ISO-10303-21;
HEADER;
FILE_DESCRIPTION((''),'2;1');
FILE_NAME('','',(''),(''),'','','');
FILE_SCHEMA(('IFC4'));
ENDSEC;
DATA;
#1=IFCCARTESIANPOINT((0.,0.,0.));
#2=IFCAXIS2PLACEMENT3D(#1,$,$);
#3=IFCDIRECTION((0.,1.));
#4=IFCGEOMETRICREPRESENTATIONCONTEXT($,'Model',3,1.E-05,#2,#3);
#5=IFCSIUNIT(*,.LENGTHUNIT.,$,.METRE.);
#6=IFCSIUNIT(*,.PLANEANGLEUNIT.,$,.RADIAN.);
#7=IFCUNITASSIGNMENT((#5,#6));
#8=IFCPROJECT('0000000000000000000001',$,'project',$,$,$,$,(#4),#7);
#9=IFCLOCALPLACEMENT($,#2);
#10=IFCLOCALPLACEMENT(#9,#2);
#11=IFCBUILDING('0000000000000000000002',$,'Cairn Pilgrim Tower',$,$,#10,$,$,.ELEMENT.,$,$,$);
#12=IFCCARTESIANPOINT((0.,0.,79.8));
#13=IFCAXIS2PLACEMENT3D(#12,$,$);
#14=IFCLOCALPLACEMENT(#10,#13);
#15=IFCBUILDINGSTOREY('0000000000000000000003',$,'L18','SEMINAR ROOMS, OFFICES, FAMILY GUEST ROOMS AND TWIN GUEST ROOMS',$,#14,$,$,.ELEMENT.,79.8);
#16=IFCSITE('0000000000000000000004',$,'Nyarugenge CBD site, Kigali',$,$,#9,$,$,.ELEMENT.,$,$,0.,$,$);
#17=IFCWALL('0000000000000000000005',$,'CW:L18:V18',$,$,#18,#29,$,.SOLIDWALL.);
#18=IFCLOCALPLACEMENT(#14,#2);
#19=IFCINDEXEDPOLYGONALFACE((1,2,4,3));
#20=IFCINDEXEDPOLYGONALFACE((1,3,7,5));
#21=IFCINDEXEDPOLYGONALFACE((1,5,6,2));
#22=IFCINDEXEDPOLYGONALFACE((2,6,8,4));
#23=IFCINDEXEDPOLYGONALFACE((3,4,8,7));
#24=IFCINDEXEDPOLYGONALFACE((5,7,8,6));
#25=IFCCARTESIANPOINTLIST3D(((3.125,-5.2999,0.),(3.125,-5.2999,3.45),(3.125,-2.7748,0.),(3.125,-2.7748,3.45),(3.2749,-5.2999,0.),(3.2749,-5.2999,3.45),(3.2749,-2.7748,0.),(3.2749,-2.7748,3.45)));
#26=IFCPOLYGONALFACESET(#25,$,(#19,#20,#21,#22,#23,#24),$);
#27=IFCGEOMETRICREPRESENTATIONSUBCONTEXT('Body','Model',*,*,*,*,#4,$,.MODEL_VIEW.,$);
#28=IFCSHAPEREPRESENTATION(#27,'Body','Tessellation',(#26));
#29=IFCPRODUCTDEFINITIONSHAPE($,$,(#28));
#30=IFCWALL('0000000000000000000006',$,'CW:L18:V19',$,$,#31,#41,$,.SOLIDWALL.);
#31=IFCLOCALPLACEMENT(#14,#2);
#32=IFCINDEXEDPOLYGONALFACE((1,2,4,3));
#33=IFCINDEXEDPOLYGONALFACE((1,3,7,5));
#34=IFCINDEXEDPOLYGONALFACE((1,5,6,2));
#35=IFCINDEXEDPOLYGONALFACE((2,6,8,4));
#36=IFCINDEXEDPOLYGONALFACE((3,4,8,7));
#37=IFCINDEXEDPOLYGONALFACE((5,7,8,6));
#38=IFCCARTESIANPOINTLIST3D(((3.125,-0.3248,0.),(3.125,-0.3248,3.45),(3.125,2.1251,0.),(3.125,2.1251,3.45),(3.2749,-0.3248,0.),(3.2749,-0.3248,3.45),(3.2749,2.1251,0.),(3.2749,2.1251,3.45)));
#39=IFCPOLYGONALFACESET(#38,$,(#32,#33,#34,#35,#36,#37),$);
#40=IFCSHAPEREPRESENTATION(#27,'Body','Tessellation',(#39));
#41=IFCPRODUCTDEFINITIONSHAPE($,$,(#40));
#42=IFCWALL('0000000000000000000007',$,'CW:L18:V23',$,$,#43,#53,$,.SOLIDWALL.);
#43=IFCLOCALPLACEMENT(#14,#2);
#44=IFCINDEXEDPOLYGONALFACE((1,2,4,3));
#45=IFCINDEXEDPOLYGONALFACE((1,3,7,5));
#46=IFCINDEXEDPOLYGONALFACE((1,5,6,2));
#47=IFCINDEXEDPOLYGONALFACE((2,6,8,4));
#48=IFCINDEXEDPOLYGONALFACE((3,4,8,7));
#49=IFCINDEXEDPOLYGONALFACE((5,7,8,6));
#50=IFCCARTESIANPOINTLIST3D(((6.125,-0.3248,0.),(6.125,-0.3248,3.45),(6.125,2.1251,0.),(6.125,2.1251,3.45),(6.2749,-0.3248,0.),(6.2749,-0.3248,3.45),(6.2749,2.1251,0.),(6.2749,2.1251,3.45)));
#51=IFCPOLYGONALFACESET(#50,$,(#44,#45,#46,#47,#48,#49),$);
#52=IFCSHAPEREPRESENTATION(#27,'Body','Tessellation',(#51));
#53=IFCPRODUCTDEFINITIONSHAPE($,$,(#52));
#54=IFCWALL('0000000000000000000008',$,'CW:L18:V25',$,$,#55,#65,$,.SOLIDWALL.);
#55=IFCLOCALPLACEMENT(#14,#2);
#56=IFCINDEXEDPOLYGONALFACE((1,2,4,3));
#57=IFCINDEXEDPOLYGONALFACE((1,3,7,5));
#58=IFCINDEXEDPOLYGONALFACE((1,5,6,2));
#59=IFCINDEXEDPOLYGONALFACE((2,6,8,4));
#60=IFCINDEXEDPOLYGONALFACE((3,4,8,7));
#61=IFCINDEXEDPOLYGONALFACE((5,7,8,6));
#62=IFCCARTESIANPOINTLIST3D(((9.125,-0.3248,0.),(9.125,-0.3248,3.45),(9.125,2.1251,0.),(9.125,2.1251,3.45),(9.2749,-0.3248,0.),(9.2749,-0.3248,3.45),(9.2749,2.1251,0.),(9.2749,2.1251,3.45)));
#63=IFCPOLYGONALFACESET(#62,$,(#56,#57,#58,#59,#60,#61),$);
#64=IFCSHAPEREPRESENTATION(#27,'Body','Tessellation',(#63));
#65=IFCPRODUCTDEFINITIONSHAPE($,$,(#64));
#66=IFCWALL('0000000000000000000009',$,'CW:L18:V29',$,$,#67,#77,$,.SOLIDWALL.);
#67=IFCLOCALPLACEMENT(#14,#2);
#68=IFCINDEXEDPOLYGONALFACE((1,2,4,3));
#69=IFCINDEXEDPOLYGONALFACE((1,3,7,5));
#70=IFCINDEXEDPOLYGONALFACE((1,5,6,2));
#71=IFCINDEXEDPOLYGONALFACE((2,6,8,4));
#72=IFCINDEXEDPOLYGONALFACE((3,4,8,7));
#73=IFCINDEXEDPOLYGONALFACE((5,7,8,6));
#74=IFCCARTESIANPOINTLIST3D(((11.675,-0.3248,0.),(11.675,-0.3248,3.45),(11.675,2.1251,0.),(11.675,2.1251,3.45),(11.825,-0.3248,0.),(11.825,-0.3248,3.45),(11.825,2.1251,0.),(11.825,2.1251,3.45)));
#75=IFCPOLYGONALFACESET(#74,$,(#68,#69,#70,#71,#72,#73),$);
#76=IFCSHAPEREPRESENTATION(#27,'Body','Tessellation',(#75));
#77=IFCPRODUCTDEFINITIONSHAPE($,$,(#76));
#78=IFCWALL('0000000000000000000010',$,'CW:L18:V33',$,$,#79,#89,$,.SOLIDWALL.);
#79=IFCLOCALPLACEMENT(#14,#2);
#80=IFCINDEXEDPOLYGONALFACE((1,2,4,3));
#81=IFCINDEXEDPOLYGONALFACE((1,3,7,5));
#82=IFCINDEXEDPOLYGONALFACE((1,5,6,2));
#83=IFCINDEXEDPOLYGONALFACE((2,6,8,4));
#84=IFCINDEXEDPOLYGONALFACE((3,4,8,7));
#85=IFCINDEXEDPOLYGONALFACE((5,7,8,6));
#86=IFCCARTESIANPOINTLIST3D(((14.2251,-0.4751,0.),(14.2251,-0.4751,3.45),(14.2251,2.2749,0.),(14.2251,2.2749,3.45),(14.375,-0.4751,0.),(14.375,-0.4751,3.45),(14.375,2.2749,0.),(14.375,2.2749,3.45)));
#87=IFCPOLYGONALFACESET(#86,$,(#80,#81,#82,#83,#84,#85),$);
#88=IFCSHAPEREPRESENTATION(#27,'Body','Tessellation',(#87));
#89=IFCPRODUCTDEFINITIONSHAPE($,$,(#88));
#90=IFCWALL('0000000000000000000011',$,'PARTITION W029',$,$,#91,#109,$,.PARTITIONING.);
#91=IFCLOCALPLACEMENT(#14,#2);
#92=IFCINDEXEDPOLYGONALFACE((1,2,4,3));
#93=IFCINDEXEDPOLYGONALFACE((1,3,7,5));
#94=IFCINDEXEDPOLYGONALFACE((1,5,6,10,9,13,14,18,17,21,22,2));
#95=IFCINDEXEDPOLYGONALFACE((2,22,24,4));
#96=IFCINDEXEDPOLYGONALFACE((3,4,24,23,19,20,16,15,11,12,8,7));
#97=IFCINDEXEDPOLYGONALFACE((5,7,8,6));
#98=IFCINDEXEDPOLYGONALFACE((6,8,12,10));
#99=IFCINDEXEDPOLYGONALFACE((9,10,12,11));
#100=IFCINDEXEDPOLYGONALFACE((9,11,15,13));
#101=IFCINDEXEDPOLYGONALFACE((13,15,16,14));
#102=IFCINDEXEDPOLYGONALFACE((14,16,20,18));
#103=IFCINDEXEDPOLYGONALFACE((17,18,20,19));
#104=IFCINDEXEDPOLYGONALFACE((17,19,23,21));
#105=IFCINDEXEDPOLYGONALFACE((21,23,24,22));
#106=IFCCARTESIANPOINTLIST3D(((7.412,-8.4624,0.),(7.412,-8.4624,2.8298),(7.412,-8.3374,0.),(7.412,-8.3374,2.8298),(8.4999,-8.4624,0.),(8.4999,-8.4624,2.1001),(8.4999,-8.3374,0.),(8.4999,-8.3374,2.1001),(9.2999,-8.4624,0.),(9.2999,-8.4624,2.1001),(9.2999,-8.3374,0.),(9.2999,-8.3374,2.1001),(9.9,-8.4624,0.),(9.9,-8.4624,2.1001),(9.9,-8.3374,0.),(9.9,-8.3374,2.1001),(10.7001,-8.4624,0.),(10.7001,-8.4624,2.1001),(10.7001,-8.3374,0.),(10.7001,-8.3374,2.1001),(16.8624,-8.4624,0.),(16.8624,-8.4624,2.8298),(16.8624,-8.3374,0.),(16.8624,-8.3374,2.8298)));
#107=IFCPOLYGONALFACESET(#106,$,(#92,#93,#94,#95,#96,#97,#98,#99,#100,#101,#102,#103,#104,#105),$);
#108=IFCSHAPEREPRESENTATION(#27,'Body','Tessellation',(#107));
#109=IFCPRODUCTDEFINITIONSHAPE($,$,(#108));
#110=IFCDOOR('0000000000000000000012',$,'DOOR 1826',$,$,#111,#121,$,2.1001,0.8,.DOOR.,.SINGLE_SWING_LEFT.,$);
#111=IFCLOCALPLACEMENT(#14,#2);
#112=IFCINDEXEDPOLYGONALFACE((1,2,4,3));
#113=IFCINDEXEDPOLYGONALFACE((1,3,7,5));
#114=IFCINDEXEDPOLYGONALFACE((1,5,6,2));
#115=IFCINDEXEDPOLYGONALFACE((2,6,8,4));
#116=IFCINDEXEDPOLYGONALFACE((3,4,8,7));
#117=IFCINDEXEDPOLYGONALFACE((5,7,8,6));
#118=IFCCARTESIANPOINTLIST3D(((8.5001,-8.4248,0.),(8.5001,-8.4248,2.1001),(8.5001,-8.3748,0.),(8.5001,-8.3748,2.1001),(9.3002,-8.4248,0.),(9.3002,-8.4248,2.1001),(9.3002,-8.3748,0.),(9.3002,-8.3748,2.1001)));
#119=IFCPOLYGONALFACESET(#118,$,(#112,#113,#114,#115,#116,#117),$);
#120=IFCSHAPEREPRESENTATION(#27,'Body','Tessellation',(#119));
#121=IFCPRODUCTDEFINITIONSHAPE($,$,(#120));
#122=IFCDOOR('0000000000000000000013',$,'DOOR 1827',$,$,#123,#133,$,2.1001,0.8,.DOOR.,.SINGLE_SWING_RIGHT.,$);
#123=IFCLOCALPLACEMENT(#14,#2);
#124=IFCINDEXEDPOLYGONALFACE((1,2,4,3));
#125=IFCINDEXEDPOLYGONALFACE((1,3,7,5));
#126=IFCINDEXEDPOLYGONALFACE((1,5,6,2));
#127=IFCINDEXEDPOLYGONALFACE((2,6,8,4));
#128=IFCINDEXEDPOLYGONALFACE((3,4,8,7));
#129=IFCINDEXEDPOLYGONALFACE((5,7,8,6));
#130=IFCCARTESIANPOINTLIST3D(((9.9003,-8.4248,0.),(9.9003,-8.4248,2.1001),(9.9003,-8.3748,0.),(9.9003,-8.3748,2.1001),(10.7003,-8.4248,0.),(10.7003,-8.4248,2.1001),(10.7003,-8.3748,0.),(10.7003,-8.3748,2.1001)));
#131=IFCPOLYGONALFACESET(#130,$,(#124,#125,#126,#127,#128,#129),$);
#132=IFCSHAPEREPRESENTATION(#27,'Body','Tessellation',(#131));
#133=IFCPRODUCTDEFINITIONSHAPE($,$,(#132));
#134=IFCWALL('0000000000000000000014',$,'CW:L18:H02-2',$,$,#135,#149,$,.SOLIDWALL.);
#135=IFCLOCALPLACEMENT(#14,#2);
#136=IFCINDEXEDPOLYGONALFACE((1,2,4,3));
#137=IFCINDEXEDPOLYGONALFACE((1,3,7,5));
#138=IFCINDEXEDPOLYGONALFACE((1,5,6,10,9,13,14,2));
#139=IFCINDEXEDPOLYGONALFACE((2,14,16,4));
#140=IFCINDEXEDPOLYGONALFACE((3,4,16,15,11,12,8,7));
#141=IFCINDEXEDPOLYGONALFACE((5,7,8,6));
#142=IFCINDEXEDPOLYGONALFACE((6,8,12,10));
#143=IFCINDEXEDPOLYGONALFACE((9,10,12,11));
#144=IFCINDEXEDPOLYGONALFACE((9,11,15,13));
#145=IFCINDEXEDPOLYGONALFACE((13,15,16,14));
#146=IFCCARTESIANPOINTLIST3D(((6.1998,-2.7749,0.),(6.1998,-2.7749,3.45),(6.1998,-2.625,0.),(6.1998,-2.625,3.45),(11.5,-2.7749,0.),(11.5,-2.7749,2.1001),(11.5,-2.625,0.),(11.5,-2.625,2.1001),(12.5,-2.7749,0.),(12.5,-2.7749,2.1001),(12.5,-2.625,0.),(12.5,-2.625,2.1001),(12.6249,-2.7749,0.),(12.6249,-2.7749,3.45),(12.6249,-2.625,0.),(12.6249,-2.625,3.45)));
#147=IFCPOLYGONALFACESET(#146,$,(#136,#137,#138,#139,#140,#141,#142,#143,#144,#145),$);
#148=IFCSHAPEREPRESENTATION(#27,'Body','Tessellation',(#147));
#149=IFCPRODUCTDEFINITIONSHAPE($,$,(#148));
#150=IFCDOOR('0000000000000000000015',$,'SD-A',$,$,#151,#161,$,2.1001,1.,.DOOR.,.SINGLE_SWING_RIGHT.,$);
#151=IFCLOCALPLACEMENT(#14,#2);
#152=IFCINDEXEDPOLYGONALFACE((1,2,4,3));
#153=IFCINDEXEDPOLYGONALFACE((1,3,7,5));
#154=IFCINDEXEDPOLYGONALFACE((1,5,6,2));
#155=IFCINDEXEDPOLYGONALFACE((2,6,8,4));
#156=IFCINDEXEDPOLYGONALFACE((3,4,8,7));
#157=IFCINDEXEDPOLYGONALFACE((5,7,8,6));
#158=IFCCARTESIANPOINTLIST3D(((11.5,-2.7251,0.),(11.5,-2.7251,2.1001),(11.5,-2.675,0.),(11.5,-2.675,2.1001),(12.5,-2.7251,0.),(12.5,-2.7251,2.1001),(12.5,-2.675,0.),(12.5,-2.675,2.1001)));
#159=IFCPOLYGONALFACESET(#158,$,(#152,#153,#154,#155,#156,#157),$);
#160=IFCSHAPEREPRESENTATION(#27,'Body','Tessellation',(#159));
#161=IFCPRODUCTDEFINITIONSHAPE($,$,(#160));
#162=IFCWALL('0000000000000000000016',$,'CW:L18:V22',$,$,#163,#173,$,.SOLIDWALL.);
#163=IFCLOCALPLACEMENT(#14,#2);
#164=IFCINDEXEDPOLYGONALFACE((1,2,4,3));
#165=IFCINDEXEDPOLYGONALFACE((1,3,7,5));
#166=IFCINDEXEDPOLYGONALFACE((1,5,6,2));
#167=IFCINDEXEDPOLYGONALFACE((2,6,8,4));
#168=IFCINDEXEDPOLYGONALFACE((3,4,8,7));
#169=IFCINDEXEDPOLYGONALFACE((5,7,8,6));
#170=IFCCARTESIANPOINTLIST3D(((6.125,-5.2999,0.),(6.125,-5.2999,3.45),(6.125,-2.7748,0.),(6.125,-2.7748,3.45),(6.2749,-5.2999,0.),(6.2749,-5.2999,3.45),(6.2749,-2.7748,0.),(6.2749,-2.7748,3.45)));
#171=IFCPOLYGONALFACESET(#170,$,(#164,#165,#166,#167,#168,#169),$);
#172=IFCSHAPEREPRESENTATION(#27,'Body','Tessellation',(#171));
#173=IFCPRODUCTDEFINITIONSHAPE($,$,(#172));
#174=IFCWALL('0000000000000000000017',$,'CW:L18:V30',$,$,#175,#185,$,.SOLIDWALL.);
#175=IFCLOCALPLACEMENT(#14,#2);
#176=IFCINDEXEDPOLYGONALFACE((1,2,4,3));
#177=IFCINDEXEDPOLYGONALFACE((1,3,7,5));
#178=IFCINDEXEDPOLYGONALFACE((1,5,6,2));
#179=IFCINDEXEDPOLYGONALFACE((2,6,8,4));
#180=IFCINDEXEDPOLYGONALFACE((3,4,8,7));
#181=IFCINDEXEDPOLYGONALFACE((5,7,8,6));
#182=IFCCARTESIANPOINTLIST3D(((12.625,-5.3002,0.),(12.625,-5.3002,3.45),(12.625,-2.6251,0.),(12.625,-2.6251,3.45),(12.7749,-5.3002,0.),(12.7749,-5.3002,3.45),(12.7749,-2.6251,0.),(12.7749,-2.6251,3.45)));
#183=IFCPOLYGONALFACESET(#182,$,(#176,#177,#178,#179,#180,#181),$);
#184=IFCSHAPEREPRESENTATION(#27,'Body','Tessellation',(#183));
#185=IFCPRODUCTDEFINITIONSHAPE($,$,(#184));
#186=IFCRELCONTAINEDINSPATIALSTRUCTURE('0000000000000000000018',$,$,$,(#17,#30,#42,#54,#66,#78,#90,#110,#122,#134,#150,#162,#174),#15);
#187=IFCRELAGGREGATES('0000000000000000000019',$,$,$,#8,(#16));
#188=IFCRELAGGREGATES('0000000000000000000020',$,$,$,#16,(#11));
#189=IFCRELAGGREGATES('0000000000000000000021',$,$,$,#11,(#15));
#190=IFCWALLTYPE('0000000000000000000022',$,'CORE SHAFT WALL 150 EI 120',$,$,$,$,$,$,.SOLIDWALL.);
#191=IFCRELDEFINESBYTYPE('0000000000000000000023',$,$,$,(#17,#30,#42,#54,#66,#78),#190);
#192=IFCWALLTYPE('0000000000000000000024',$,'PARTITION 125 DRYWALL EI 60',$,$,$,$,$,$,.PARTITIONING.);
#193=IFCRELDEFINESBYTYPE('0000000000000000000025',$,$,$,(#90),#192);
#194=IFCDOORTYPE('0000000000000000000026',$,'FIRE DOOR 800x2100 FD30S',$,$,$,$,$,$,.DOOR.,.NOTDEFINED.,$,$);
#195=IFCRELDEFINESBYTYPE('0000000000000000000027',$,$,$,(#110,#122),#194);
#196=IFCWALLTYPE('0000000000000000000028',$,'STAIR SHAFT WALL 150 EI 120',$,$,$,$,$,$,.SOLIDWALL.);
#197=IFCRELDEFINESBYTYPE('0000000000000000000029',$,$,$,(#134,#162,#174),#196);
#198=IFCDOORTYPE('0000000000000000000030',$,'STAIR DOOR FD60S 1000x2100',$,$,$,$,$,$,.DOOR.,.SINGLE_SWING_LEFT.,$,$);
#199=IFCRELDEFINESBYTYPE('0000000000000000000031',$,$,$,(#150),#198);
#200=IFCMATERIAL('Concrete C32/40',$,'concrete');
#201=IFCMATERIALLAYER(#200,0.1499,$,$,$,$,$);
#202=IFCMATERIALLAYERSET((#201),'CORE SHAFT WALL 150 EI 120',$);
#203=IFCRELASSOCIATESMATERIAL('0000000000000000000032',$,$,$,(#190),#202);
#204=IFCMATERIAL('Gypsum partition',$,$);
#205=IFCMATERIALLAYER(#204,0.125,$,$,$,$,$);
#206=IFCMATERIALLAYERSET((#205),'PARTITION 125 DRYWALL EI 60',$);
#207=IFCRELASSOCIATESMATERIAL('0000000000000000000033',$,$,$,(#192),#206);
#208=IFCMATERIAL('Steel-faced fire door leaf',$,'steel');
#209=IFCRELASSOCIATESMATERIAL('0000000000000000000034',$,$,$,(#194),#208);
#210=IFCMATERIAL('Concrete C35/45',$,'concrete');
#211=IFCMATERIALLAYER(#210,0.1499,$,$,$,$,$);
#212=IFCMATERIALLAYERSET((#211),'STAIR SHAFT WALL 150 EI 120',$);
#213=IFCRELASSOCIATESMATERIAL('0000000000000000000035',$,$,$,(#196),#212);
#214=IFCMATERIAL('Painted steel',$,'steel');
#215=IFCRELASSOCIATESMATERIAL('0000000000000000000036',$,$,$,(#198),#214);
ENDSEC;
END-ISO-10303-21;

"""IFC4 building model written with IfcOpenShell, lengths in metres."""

from ifc_helpers import new_model, si_unit, direction, frame, frame_2d, origin, place, context, subcontext, project, spatial, rectangle, extrude, material, layer, layer_set, type_object, element, fill, save


model = new_model("IFC4")

# Units and contexts
model_context = context("Model", 3, precision=1e-05, world=origin(), true_north=direction((0.0, 1.0)))
body_context = subcontext(model_context, "Body", "Model", "MODEL_VIEW")
ifc_project = project(units=[si_unit("LENGTHUNIT", "METRE"), si_unit("PLANEANGLEUNIT", "RADIAN")], contexts=[model_context])

# Site, building, storey
site_placement = place(None, origin())
site = spatial("IfcSite", under=ifc_project, at=site_placement, Name="Nyarugenge CBD site, Kigali", CompositionType="ELEMENT", RefElevation=0.0)
building_placement = place(site_placement, origin())
building = spatial("IfcBuilding", under=site, at=building_placement, Name="Cairn Pilgrim Tower", CompositionType="ELEMENT")
storey_placement = place(building_placement, frame((0.0, 0.0, 79.8)))
storey = spatial("IfcBuildingStorey", under=building, at=storey_placement, Name="L18", Description="SEMINAR ROOMS, OFFICES, FAMILY GUEST ROOMS AND TWIN GUEST ROOMS", CompositionType="ELEMENT", Elevation=79.8)

# Shared definitions
ifc_material_1 = material(Name="Concrete C32/40", Category="concrete")

# Shared definitions
ifc_material_2 = material(Name="Painted steel", Category="steel")

# Walls
ifc_layer_1 = layer(ifc_material_1, 0.1499)
ifc_layer_set_1 = layer_set([ifc_layer_1], Name="CORE SHAFT WALL 150 EI 120")
wall_type_1 = type_object("IfcWallType", Name="CORE SHAFT WALL 150 EI 120", PredefinedType="SOLIDWALL", material=ifc_layer_set_1)
wall_1_placement = place(storey_placement, frame((3.2, -5.3, 0.0), z_axis=(0.0, 0.0, 1.0), x_axis=(0.0, 1.0, 0.0)))
element("IfcWall", 1, at=wall_1_placement, inside=storey, type_object=wall_type_1, Name="CW:L18:V18", PredefinedType="SOLIDWALL", context=body_context, shape_type="SweptSolid", body=[
    extrude(rectangle(XDim=2.5251, YDim=0.1499, at=frame_2d((1.2627, 0.0))), origin(), (0.0, 0.0, 1.0), 3.45),
])
for number, where, z_axis, x_axis, name in (
    (2, (3.2, -0.325, 0.0), (0.0, 0.0, 1.0), (0.0, 1.0, 0.0), "CW:L18:V19"),
    (3, (6.2, -0.325, 0.0), (0.0, 0.0, 1.0), (0.0, 1.0, 0.0), "CW:L18:V23"),
    (4, (9.2, -0.325, 0.0), (0.0, 0.0, 1.0), (0.0, 1.0, 0.0), "CW:L18:V25"),
    (5, (11.75, -0.325, 0.0), (0.0, 0.0, 1.0), (0.0, 1.0, 0.0), "CW:L18:V29"),
):
    element("IfcWall", number, at=place(storey_placement, frame(where, z_axis=z_axis, x_axis=x_axis)), inside=storey, type_object=wall_type_1, Name=name, PredefinedType="SOLIDWALL", context=body_context, shape_type="SweptSolid", body=[
        extrude(rectangle(XDim=2.45, YDim=0.1499, at=frame_2d((1.2251, 0.0))), origin(), (0.0, 0.0, 1.0), 3.45),
    ])
wall_2_placement = place(storey_placement, frame((14.3, -0.4751, 0.0), z_axis=(0.0, 0.0, 1.0), x_axis=(0.0, 1.0, 0.0)))
element("IfcWall", 6, at=wall_2_placement, inside=storey, type_object=wall_type_1, Name="CW:L18:V33", PredefinedType="SOLIDWALL", context=body_context, shape_type="SweptSolid", body=[
    extrude(rectangle(XDim=2.75, YDim=0.1499, at=frame_2d((1.375, 0.0))), origin(), (0.0, 0.0, 1.0), 3.45),
])

# Wall, openings, doors
ifc_material_3 = material(Name="Gypsum partition")
ifc_layer_2 = layer(ifc_material_3, 0.125)
ifc_layer_set_2 = layer_set([ifc_layer_2], Name="PARTITION 125 DRYWALL EI 60")
wall_type_2 = type_object("IfcWallType", Name="PARTITION 125 DRYWALL EI 60", PredefinedType="PARTITIONING", material=ifc_layer_set_2)
wall_3_placement = place(storey_placement, frame((7.4121, -8.3999, 0.0), z_axis=(0.0, 0.0, 1.0), x_axis=(1.0, 0.0, 0.0)))
wall_3 = element("IfcWall", 7, at=wall_3_placement, inside=storey, type_object=wall_type_2, Name="PARTITION W029", PredefinedType="PARTITIONING", context=body_context, shape_type="SweptSolid", body=[
    extrude(rectangle(XDim=9.4504, YDim=0.125, at=frame_2d((4.7251, 0.0))), origin(), (0.0, 0.0, 1.0), 2.8298),
])
opening_1_placement = place(wall_3_placement, frame((1.0879, 0.0, 0.0)))
opening_1 = element("IfcOpeningElement", 8, at=opening_1_placement, cuts=wall_3, PredefinedType="OPENING", context=body_context, shape_type="SweptSolid", body=[
    extrude(rectangle(XDim=0.8, YDim=2.1001, at=frame_2d((0.3999, 1.05))), frame((0.0, 0.0725, 0.0), z_axis=(0.0, -1.0, 0.0), x_axis=(1.0, 0.0, 0.0)), (0.0, 0.0, 1.0), 0.145),
])
opening_2_placement = place(wall_3_placement, frame((2.488, 0.0, 0.0)))
opening_2 = element("IfcOpeningElement", 9, at=opening_2_placement, cuts=wall_3, PredefinedType="OPENING", context=body_context, shape_type="SweptSolid", body=[
    extrude(rectangle(XDim=0.8, YDim=2.1001, at=frame_2d((0.3999, 1.05))), frame((0.0, 0.0725, 0.0), z_axis=(0.0, -1.0, 0.0), x_axis=(1.0, 0.0, 0.0)), (0.0, 0.0, 1.0), 0.145),
])
ifc_material_4 = material(Name="Steel-faced fire door leaf", Category="steel")
door_type_1 = type_object("IfcDoorType", Name="FIRE DOOR 800x2100 FD30S", OperationType="NOTDEFINED", PredefinedType="DOOR", material=ifc_material_4)
door_1_placement = place(opening_1_placement, frame((0.8, 0.0, 0.0), z_axis=(0.0, 0.0, 1.0), x_axis=(-1.0, 0.0, 0.0)))
door_1 = element("IfcDoor", 10, at=door_1_placement, inside=storey, type_object=door_type_1, Name="DOOR 1826", OperationType="SINGLE_SWING_LEFT", OverallHeight=2.1001, OverallWidth=0.8, PredefinedType="DOOR", context=body_context, shape_type="SweptSolid", body=[
    extrude(rectangle(XDim=0.8, YDim=2.1001, at=frame_2d((0.3999, 1.05))), frame((0.0, 0.0249, 0.0), z_axis=(0.0, -1.0, 0.0), x_axis=(1.0, 0.0, 0.0)), (0.0, 0.0, 1.0), 0.05),
])
fill(opening_1, door_1)
door_2_placement = place(opening_2_placement, frame((0.8, 0.0, 0.0), z_axis=(0.0, 0.0, 1.0), x_axis=(-1.0, 0.0, 0.0)))
door_2 = element("IfcDoor", 11, at=door_2_placement, inside=storey, type_object=door_type_1, Name="DOOR 1827", OperationType="SINGLE_SWING_RIGHT", OverallHeight=2.1001, OverallWidth=0.8, PredefinedType="DOOR", context=body_context, shape_type="SweptSolid", body=[
    extrude(rectangle(XDim=0.8, YDim=2.1001, at=frame_2d((0.3999, 1.05))), frame((0.0, 0.0249, 0.0), z_axis=(0.0, -1.0, 0.0), x_axis=(1.0, 0.0, 0.0)), (0.0, 0.0, 1.0), 0.05),
])
fill(opening_2, door_2)

# Wall, opening, door
ifc_material_5 = material(Name="Concrete C35/45", Category="concrete")
ifc_layer_3 = layer(ifc_material_5, 0.1499)
ifc_layer_set_3 = layer_set([ifc_layer_3], Name="STAIR SHAFT WALL 150 EI 120")
wall_type_3 = type_object("IfcWallType", Name="STAIR SHAFT WALL 150 EI 120", PredefinedType="SOLIDWALL", material=ifc_layer_set_3)
wall_4_placement = place(storey_placement, frame((6.2, -2.7, 0.0), z_axis=(0.0, 0.0, 1.0), x_axis=(1.0, 0.0, 0.0)))
wall_4 = element("IfcWall", 12, at=wall_4_placement, inside=storey, type_object=wall_type_3, Name="CW:L18:H02-2", PredefinedType="SOLIDWALL", context=body_context, shape_type="SweptSolid", body=[
    extrude(rectangle(XDim=6.425, YDim=0.1499, at=frame_2d((3.2124, 0.0))), origin(), (0.0, 0.0, 1.0), 3.45),
])
opening_3_placement = place(wall_4_placement, frame((5.3, 0.0, 0.0)))
opening_3 = element("IfcOpeningElement", 13, at=opening_3_placement, cuts=wall_4, PredefinedType="OPENING", context=body_context, shape_type="SweptSolid", body=[
    extrude(rectangle(XDim=1.0, YDim=2.1001, at=frame_2d((0.5, 1.05))), frame((0.0, 0.085, 0.0), z_axis=(0.0, -1.0, 0.0), x_axis=(1.0, 0.0, 0.0)), (0.0, 0.0, 1.0), 0.1699),
])
door_type_2 = type_object("IfcDoorType", Name="STAIR DOOR FD60S 1000x2100", OperationType="SINGLE_SWING_LEFT", PredefinedType="DOOR", material=ifc_material_2)
door_3_placement = place(opening_3_placement, origin())
door_3 = element("IfcDoor", 14, at=door_3_placement, inside=storey, type_object=door_type_2, Name="SD-A", OperationType="SINGLE_SWING_RIGHT", OverallHeight=2.1001, OverallWidth=1.0, PredefinedType="DOOR", context=body_context, shape_type="SweptSolid", body=[
    extrude(rectangle(XDim=1.0, YDim=2.1001, at=frame_2d((0.5, 1.05))), frame((0.0, 0.0249, 0.0), z_axis=(0.0, -1.0, 0.0), x_axis=(1.0, 0.0, 0.0)), (0.0, 0.0, 1.0), 0.05),
])
fill(opening_3, door_3)

# Walls
wall_5_placement = place(storey_placement, frame((6.2, -5.3, 0.0), z_axis=(0.0, 0.0, 1.0), x_axis=(0.0, 1.0, 0.0)))
element("IfcWall", 15, at=wall_5_placement, inside=storey, type_object=wall_type_3, Name="CW:L18:V22", PredefinedType="SOLIDWALL", context=body_context, shape_type="SweptSolid", body=[
    extrude(rectangle(XDim=2.5251, YDim=0.1499, at=frame_2d((1.2627, 0.0))), origin(), (0.0, 0.0, 1.0), 3.45),
])
wall_6_placement = place(storey_placement, frame((12.7, -5.3, 0.0), z_axis=(0.0, 0.0, 1.0), x_axis=(0.0, 1.0, 0.0)))
element("IfcWall", 16, at=wall_6_placement, inside=storey, type_object=wall_type_3, Name="CW:L18:V30", PredefinedType="SOLIDWALL", context=body_context, shape_type="SweptSolid", body=[
    extrude(rectangle(XDim=2.675, YDim=0.1499, at=frame_2d((1.3374, 0.0))), origin(), (0.0, 0.0, 1.0), 3.45),
])

save(model, "model.ifc")
